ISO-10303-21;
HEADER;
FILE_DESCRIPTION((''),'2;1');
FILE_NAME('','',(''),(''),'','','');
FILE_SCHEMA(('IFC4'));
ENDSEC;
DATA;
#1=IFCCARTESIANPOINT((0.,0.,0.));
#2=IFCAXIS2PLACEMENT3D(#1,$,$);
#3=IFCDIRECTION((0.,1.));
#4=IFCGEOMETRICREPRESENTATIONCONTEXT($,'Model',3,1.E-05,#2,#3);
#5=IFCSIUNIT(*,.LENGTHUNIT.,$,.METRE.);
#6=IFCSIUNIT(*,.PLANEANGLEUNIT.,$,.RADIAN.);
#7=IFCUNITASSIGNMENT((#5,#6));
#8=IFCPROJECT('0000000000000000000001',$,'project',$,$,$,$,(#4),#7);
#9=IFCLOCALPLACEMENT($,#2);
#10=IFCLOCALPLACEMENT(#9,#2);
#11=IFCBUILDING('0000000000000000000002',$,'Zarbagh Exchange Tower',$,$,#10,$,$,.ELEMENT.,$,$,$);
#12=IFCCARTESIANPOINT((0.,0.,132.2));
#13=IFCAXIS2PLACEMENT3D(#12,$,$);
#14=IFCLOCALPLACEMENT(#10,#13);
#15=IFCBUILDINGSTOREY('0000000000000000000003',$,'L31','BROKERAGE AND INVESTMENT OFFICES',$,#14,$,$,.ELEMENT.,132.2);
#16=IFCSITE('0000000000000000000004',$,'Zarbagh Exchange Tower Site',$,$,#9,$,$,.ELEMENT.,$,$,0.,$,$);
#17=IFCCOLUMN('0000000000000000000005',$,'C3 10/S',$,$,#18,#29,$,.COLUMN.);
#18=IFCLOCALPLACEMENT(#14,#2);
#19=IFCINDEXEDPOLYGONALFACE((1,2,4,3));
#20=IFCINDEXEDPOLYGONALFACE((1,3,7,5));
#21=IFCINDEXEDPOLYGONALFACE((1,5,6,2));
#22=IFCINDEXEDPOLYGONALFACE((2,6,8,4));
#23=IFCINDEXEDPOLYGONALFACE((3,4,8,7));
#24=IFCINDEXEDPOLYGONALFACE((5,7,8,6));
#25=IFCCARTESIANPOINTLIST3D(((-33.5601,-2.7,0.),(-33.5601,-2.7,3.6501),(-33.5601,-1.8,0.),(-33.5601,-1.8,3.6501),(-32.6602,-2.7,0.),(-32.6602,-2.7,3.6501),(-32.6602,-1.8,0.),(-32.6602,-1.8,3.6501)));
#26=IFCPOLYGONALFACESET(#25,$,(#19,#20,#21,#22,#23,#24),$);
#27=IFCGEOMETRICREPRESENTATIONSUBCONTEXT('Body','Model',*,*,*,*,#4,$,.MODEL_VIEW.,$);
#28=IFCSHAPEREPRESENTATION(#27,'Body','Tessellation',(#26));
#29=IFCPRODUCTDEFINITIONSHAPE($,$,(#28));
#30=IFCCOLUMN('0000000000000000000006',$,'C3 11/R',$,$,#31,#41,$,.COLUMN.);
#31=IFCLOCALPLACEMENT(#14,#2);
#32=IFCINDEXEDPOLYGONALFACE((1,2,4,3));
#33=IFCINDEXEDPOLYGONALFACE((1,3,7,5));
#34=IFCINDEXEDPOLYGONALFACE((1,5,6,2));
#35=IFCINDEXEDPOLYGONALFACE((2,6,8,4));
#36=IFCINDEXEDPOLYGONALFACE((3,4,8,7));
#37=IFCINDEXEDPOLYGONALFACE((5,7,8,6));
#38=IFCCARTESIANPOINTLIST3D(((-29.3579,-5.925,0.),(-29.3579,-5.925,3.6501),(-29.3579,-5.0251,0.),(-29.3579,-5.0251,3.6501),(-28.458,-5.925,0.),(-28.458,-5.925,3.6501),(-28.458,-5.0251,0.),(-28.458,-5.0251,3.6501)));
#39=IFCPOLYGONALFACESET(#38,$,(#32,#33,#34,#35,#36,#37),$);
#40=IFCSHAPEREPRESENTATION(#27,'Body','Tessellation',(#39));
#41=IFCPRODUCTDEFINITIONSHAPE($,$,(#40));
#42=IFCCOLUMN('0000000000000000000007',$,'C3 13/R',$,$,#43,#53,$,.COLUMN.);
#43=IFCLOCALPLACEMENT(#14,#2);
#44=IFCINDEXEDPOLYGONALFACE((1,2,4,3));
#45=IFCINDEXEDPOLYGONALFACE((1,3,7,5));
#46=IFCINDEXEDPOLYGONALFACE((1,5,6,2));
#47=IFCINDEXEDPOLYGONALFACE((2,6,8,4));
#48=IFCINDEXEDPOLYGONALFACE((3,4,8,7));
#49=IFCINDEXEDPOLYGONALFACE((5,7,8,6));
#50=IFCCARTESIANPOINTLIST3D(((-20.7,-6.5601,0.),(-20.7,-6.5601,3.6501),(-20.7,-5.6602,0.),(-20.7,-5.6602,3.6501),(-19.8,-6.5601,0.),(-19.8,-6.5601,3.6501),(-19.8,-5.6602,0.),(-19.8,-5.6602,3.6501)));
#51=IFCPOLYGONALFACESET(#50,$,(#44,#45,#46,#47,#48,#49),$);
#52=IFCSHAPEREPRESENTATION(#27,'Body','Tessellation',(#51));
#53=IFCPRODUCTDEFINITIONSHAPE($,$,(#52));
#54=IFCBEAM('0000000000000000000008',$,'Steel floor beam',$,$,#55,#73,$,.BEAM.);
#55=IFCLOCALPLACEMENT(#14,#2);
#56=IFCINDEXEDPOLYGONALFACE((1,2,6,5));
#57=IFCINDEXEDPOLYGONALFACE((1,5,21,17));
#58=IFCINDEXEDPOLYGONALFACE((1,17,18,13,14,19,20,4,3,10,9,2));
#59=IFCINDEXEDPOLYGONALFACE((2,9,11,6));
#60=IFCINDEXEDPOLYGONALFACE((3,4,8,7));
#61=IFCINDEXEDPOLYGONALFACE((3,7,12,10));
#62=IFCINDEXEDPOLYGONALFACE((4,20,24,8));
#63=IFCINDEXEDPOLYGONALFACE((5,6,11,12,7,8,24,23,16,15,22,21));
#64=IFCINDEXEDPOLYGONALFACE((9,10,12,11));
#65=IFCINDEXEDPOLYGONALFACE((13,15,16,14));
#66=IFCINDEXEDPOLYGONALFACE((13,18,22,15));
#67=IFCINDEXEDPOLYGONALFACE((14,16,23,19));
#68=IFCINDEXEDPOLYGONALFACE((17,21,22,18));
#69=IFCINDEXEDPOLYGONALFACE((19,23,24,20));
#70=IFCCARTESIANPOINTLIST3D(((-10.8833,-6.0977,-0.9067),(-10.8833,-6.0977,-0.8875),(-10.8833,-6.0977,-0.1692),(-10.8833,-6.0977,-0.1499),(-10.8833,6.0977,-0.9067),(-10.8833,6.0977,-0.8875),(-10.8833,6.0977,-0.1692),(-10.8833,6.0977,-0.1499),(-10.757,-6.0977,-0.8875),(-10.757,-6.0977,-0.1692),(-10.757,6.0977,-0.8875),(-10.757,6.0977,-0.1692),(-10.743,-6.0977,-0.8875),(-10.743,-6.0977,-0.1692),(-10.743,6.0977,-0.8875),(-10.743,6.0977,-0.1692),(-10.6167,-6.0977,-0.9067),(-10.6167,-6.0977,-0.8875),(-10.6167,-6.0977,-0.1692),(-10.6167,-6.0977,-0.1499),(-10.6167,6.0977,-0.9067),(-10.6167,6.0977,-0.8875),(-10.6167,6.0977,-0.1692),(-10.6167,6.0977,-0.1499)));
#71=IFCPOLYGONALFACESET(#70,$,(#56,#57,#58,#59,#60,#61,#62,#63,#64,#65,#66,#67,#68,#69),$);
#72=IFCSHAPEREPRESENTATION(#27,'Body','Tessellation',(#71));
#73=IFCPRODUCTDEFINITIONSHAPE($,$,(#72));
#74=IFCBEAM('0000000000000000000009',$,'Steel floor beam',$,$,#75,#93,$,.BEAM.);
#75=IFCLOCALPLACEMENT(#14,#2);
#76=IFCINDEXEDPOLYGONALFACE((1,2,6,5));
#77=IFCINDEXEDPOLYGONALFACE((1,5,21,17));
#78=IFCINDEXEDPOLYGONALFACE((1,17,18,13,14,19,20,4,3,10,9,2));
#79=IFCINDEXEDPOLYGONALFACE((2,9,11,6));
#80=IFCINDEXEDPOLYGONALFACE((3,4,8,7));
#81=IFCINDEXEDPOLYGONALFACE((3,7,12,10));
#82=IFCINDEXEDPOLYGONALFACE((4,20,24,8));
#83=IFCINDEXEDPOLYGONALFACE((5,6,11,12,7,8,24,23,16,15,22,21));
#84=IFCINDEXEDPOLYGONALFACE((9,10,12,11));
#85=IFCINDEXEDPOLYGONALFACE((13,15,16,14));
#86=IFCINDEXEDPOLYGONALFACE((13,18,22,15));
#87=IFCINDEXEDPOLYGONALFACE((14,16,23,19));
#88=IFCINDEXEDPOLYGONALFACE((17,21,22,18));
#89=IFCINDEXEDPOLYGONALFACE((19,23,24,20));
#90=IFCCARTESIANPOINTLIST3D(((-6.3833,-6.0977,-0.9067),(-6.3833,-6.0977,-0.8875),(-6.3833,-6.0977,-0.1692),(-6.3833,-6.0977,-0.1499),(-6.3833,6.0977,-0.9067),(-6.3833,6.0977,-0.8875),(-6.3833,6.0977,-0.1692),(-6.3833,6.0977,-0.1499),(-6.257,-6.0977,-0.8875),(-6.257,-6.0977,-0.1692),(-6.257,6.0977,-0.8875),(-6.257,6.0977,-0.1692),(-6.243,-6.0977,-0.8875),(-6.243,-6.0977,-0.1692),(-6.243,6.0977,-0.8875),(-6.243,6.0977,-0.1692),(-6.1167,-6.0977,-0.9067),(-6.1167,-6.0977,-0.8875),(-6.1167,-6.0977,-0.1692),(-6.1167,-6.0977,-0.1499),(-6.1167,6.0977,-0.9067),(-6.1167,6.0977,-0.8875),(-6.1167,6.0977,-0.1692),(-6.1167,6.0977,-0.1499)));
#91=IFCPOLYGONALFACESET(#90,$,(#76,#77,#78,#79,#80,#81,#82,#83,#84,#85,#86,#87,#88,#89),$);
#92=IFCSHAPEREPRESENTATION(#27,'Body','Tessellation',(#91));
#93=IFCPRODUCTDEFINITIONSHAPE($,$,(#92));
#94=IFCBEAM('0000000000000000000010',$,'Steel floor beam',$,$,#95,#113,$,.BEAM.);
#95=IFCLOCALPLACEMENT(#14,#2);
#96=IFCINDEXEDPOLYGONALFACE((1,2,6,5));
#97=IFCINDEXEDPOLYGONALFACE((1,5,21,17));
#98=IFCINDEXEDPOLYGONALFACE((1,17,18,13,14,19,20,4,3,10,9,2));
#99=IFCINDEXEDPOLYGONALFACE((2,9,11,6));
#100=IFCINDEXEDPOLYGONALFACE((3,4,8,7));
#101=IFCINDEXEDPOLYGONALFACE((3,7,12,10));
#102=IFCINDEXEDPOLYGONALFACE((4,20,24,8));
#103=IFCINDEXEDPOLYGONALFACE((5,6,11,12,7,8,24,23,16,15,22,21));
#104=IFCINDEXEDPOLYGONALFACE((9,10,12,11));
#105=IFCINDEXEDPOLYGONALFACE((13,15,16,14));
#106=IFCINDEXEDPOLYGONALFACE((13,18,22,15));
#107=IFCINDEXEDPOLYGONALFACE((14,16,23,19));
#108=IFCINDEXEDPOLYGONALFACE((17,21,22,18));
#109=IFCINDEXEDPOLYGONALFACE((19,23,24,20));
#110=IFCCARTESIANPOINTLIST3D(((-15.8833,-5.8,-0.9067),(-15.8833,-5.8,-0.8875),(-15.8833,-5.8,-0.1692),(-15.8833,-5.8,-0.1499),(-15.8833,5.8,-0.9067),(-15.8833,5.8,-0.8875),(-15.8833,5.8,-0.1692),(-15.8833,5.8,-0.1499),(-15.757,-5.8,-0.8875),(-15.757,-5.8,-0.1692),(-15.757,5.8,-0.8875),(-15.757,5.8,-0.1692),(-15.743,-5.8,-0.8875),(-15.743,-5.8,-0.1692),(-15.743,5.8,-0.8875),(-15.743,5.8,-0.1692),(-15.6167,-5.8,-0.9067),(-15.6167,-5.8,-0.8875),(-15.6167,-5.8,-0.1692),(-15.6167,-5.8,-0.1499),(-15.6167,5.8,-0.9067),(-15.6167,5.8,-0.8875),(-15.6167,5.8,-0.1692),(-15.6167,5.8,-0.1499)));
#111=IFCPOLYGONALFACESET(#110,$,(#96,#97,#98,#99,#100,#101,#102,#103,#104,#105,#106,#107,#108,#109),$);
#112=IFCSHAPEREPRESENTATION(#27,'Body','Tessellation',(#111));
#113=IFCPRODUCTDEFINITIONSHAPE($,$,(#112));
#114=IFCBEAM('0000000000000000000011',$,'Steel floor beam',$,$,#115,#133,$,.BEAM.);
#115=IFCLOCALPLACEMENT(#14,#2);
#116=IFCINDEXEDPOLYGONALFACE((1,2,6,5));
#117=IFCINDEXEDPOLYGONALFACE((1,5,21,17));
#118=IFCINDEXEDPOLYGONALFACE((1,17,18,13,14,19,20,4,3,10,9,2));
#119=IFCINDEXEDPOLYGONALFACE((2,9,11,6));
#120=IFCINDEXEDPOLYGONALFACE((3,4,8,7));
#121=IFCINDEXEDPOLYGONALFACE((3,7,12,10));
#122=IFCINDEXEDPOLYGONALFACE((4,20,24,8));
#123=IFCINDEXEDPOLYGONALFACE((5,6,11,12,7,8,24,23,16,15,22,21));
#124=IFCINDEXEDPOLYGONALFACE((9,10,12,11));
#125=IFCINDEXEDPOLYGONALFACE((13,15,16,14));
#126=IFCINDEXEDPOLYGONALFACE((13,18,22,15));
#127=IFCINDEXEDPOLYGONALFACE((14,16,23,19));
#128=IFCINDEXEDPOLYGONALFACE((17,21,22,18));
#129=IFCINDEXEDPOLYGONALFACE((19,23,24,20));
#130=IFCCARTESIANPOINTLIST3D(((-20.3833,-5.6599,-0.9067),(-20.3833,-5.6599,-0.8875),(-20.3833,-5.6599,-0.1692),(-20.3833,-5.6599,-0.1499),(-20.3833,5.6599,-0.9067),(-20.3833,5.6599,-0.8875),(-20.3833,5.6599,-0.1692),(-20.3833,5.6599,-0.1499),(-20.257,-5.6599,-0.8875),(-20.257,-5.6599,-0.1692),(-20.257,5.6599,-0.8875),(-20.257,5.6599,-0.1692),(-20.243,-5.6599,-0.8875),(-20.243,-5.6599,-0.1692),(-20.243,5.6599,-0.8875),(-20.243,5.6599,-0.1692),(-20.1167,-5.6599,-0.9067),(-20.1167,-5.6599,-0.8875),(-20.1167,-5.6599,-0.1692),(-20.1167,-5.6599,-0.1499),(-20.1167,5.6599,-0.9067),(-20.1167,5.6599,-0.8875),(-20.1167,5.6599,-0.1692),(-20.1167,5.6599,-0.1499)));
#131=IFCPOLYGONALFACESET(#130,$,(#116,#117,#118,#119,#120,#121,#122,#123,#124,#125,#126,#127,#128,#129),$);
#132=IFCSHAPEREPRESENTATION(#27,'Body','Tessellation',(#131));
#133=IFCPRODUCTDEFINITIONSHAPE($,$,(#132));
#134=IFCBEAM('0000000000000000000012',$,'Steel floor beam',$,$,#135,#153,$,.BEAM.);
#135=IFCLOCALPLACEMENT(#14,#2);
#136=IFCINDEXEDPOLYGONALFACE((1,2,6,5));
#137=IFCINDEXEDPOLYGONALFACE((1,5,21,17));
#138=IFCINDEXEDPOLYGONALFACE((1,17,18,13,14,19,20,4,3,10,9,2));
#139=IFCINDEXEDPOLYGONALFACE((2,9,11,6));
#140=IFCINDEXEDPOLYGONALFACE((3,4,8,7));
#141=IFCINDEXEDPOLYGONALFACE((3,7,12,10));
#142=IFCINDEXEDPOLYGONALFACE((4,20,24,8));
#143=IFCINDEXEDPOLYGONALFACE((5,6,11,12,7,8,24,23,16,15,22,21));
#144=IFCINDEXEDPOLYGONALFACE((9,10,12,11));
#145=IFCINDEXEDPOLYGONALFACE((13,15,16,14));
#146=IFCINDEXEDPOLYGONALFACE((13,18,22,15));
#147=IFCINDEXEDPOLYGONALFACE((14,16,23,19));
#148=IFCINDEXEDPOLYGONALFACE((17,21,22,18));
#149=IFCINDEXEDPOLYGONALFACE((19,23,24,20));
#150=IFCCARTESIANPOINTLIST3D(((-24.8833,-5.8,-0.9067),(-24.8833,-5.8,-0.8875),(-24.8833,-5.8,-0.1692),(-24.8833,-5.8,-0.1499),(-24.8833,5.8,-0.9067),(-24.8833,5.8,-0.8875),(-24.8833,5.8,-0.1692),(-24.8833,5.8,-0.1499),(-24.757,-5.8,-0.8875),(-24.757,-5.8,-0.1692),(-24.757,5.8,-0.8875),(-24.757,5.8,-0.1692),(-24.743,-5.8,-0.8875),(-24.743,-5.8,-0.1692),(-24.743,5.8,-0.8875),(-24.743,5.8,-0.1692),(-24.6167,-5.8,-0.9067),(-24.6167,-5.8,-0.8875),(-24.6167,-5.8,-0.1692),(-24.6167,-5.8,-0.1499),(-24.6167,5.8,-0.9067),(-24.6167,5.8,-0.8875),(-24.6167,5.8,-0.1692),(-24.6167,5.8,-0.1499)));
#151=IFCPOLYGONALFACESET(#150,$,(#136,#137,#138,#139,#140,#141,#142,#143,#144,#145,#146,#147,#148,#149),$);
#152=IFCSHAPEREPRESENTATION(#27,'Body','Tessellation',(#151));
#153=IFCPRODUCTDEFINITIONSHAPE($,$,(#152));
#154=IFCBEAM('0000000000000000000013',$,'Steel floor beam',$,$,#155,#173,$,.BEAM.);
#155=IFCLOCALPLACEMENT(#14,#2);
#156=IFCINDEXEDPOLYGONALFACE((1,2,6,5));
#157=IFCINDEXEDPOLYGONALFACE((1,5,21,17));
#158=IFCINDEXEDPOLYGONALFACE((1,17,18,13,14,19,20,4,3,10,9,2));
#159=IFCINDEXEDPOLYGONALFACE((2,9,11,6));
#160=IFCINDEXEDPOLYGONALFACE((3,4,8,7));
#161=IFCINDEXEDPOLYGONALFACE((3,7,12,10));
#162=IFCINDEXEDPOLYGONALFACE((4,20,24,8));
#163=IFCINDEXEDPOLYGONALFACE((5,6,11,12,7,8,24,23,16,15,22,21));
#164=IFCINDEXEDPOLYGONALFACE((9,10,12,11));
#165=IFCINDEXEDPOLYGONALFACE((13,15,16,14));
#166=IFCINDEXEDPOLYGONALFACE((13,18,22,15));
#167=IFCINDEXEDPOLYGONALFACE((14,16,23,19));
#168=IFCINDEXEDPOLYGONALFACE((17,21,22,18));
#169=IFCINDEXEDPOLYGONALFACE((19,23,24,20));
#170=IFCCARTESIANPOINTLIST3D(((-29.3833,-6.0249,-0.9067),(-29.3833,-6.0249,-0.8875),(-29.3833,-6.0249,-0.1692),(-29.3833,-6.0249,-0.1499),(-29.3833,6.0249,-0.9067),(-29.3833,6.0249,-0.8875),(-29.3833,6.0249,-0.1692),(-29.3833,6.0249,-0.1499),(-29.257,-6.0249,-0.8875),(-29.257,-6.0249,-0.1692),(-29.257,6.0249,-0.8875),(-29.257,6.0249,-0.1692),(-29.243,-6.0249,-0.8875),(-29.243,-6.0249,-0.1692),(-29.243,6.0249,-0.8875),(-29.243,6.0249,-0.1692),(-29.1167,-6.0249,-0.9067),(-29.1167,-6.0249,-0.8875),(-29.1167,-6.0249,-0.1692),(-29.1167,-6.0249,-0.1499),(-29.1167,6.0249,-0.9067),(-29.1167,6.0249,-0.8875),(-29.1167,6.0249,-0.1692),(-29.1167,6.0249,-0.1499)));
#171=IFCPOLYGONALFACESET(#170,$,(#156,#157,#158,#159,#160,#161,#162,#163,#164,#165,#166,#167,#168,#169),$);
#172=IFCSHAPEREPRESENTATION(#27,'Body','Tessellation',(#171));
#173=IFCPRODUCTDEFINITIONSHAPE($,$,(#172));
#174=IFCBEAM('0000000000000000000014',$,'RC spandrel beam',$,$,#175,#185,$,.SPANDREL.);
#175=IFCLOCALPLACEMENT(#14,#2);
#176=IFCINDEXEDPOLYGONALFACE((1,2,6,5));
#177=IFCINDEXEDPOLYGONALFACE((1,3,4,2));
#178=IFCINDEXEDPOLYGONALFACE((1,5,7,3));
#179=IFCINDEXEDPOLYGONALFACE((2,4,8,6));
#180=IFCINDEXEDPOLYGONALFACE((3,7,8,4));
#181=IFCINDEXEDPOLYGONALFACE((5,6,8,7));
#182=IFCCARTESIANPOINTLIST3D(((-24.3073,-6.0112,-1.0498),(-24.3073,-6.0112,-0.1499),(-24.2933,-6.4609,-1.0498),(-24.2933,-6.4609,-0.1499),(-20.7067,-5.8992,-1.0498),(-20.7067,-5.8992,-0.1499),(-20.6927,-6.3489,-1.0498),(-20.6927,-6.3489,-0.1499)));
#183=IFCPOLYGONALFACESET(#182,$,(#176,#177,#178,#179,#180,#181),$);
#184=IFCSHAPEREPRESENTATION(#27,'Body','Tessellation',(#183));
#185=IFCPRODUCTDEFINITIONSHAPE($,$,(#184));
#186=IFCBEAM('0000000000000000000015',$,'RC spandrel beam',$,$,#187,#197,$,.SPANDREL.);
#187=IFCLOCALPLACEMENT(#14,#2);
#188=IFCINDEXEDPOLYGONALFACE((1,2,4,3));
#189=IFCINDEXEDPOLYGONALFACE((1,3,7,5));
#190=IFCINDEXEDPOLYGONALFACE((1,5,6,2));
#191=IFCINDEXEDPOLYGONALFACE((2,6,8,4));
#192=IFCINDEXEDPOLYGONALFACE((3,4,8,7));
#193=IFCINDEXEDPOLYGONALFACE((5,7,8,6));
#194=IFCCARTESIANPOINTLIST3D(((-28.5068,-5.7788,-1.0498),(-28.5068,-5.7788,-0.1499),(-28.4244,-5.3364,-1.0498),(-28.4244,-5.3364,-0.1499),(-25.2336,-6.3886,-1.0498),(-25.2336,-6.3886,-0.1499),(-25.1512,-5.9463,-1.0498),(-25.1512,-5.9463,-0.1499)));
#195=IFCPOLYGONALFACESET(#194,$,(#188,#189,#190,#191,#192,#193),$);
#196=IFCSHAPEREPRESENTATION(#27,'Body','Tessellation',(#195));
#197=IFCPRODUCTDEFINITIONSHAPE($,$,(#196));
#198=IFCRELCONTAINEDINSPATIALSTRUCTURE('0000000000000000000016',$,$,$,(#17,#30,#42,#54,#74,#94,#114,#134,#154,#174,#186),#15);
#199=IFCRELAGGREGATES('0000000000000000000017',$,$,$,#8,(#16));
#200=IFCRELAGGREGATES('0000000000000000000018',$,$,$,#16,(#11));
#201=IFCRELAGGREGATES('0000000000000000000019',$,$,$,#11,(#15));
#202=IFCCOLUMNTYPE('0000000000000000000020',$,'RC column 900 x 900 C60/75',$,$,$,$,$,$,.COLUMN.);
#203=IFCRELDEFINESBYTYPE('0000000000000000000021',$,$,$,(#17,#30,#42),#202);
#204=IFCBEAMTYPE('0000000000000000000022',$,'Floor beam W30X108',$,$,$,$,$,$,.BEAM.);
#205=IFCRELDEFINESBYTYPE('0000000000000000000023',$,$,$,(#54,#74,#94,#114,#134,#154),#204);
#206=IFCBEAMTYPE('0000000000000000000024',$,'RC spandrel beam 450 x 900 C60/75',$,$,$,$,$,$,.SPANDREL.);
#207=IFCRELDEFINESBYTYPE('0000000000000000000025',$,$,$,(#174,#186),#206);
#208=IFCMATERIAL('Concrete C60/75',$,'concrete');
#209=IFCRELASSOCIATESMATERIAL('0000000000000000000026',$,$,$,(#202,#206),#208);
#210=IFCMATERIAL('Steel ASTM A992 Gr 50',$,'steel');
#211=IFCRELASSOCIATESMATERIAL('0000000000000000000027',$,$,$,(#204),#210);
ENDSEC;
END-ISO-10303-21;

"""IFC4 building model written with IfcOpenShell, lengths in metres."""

from ifc_helpers import new_model, si_unit, direction, frame, origin, origin_2d, place, context, subcontext, project, spatial, rectangle, i_section, extrude, material, material_profile, profile_set, type_object, element, save


model = new_model("IFC4")

# Units and contexts
model_context = context("Model", 3, precision=1e-05, world=origin(), true_north=direction((0.0, 1.0)))
body_context = subcontext(model_context, "Body", "Model", "MODEL_VIEW")
ifc_project = project(units=[si_unit("LENGTHUNIT", "METRE"), si_unit("PLANEANGLEUNIT", "RADIAN")], contexts=[model_context])

# Site, building, storey
site_placement = place(None, origin())
site = spatial("IfcSite", under=ifc_project, at=site_placement, Name="Zarbagh Exchange Tower Site", CompositionType="ELEMENT", RefElevation=0.0)
building_placement = place(site_placement, origin())
building = spatial("IfcBuilding", under=site, at=building_placement, Name="Zarbagh Exchange Tower", CompositionType="ELEMENT")
storey_placement = place(building_placement, frame((0.0, 0.0, 132.2)))
storey = spatial("IfcBuildingStorey", under=building, at=storey_placement, Name="L31", Description="BROKERAGE AND INVESTMENT OFFICES", CompositionType="ELEMENT", Elevation=132.2)

# Columns
ifc_material_1 = material(Name="Concrete C60/75", Category="concrete")
ifc_material_profile_1 = material_profile(ifc_material_1, rectangle(XDim=0.8999, YDim=0.8999, at=origin_2d()), Name="RC column 900 x 900 C60/75")
ifc_profile_set_1 = profile_set([ifc_material_profile_1], Name="Concrete C60/75")
column_type = type_object("IfcColumnType", Name="RC column 900 x 900 C60/75", PredefinedType="COLUMN", material=ifc_profile_set_1)
for number, where, z_axis, x_axis, name in (
    (1, (-33.1101, -2.25, 0.0), (0.0, 0.0, 1.0), (1.0, 0.0, 0.0), "C3 10/S"),
    (2, (-28.908, -5.4751, 0.0), (0.0, 0.0, 1.0), (1.0, 0.0, 0.0), "C3 11/R"),
    (3, (-20.25, -6.1101, 0.0), (0.0, 0.0, 1.0), (1.0, 0.0, 0.0), "C3 13/R"),
):
    element("IfcColumn", number, at=place(storey_placement, frame(where, z_axis=z_axis, x_axis=x_axis)), inside=storey, type_object=column_type, Name=name, PredefinedType="COLUMN", context=body_context, shape_type="SweptSolid", body=[
        extrude(rectangle(XDim=0.8999, YDim=0.8999, at=origin_2d()), origin(), (0.0, 0.0, 1.0), 3.6501),
    ])

# Beams
ifc_material_2 = material(Name="Steel ASTM A992 Gr 50", Category="steel")
ifc_material_profile_2 = material_profile(ifc_material_2, i_section(OverallWidth=0.2666, OverallDepth=0.7568, WebThickness=0.0139, FlangeThickness=0.0193, at=origin_2d()), Name="W30X108")
ifc_profile_set_2 = profile_set([ifc_material_profile_2], Name="Steel ASTM A992 Gr 50")
beam_type_1 = type_object("IfcBeamType", Name="Floor beam W30X108", PredefinedType="BEAM", material=ifc_profile_set_2)
for number, where, z_axis, x_axis, name in (
    (4, (-10.75, -6.0977, -0.5283), (0.0, 1.0, 0.0), (-1.0, 0.0, 0.0), "Steel floor beam"),
    (5, (-6.25, -6.0977, -0.5283), (0.0, 1.0, 0.0), (-1.0, 0.0, 0.0), "Steel floor beam"),
):
    element("IfcBeam", number, at=place(storey_placement, frame(where, z_axis=z_axis, x_axis=x_axis)), inside=storey, type_object=beam_type_1, Name=name, PredefinedType="BEAM", context=body_context, shape_type="SweptSolid", body=[
        extrude(i_section(OverallWidth=0.2666, OverallDepth=0.7568, WebThickness=0.0139, FlangeThickness=0.0193, at=origin_2d()), origin(), (0.0, 0.0, 1.0), 12.1953),
    ])
beam_1_placement = place(storey_placement, frame((-15.75, -5.8, -0.5283), z_axis=(0.0, 1.0, 0.0), x_axis=(-1.0, 0.0, 0.0)))
element("IfcBeam", 6, at=beam_1_placement, inside=storey, type_object=beam_type_1, Name="Steel floor beam", PredefinedType="BEAM", context=body_context, shape_type="SweptSolid", body=[
    extrude(i_section(OverallWidth=0.2666, OverallDepth=0.7568, WebThickness=0.0139, FlangeThickness=0.0193, at=origin_2d()), origin(), (0.0, 0.0, 1.0), 11.6001),
])
beam_2_placement = place(storey_placement, frame((-20.25, -5.6599, -0.5283), z_axis=(0.0, 1.0, 0.0), x_axis=(-1.0, 0.0, 0.0)))
element("IfcBeam", 7, at=beam_2_placement, inside=storey, type_object=beam_type_1, Name="Steel floor beam", PredefinedType="BEAM", context=body_context, shape_type="SweptSolid", body=[
    extrude(i_section(OverallWidth=0.2666, OverallDepth=0.7568, WebThickness=0.0139, FlangeThickness=0.0193, at=origin_2d()), origin(), (0.0, 0.0, 1.0), 11.3198),
])
beam_3_placement = place(storey_placement, frame((-24.75, -5.8, -0.5283), z_axis=(0.0, 1.0, 0.0), x_axis=(-1.0, 0.0, 0.0)))
element("IfcBeam", 8, at=beam_3_placement, inside=storey, type_object=beam_type_1, Name="Steel floor beam", PredefinedType="BEAM", context=body_context, shape_type="SweptSolid", body=[
    extrude(i_section(OverallWidth=0.2666, OverallDepth=0.7568, WebThickness=0.0139, FlangeThickness=0.0193, at=origin_2d()), origin(), (0.0, 0.0, 1.0), 11.6001),
])
beam_4_placement = place(storey_placement, frame((-29.25, -6.0249, -0.5283), z_axis=(0.0, 1.0, 0.0), x_axis=(-1.0, 0.0, 0.0)))
element("IfcBeam", 9, at=beam_4_placement, inside=storey, type_object=beam_type_1, Name="Steel floor beam", PredefinedType="BEAM", context=body_context, shape_type="SweptSolid", body=[
    extrude(i_section(OverallWidth=0.2666, OverallDepth=0.7568, WebThickness=0.0139, FlangeThickness=0.0193, at=origin_2d()), origin(), (0.0, 0.0, 1.0), 12.0498),
])
ifc_material_profile_3 = material_profile(ifc_material_1, rectangle(XDim=0.45, YDim=0.8999, at=origin_2d()), Name="RC spandrel beam 450 x 900 C60/75")
ifc_profile_set_3 = profile_set([ifc_material_profile_3], Name="Concrete C60/75")
beam_type_2 = type_object("IfcBeamType", Name="RC spandrel beam 450 x 900 C60/75", PredefinedType="SPANDREL", material=ifc_profile_set_3)
beam_5_placement = place(storey_placement, frame((-20.6997, -6.124, -0.5999), z_axis=(-0.999516, -0.031108, 0.0), x_axis=(0.031108, -0.999516, 0.0)))
element("IfcBeam", 10, at=beam_5_placement, inside=storey, type_object=beam_type_2, Name="RC spandrel beam", PredefinedType="SPANDREL", context=body_context, shape_type="SweptSolid", body=[
    extrude(rectangle(XDim=0.45, YDim=0.8999, at=origin_2d()), origin(), (0.0, 0.0, 1.0), 3.6023),
])
beam_6_placement = place(storey_placement, frame((-25.1924, -6.1675, -0.5999), z_axis=(-0.983082, 0.183168, 0.0), x_axis=(-0.183168, -0.983082, 0.0)))
element("IfcBeam", 11, at=beam_6_placement, inside=storey, type_object=beam_type_2, Name="RC spandrel beam", PredefinedType="SPANDREL", context=body_context, shape_type="SweptSolid", body=[
    extrude(rectangle(XDim=0.45, YDim=0.8999, at=origin_2d()), origin(), (0.0, 0.0, 1.0), 3.3296),
])

save(model, "model.ifc")
